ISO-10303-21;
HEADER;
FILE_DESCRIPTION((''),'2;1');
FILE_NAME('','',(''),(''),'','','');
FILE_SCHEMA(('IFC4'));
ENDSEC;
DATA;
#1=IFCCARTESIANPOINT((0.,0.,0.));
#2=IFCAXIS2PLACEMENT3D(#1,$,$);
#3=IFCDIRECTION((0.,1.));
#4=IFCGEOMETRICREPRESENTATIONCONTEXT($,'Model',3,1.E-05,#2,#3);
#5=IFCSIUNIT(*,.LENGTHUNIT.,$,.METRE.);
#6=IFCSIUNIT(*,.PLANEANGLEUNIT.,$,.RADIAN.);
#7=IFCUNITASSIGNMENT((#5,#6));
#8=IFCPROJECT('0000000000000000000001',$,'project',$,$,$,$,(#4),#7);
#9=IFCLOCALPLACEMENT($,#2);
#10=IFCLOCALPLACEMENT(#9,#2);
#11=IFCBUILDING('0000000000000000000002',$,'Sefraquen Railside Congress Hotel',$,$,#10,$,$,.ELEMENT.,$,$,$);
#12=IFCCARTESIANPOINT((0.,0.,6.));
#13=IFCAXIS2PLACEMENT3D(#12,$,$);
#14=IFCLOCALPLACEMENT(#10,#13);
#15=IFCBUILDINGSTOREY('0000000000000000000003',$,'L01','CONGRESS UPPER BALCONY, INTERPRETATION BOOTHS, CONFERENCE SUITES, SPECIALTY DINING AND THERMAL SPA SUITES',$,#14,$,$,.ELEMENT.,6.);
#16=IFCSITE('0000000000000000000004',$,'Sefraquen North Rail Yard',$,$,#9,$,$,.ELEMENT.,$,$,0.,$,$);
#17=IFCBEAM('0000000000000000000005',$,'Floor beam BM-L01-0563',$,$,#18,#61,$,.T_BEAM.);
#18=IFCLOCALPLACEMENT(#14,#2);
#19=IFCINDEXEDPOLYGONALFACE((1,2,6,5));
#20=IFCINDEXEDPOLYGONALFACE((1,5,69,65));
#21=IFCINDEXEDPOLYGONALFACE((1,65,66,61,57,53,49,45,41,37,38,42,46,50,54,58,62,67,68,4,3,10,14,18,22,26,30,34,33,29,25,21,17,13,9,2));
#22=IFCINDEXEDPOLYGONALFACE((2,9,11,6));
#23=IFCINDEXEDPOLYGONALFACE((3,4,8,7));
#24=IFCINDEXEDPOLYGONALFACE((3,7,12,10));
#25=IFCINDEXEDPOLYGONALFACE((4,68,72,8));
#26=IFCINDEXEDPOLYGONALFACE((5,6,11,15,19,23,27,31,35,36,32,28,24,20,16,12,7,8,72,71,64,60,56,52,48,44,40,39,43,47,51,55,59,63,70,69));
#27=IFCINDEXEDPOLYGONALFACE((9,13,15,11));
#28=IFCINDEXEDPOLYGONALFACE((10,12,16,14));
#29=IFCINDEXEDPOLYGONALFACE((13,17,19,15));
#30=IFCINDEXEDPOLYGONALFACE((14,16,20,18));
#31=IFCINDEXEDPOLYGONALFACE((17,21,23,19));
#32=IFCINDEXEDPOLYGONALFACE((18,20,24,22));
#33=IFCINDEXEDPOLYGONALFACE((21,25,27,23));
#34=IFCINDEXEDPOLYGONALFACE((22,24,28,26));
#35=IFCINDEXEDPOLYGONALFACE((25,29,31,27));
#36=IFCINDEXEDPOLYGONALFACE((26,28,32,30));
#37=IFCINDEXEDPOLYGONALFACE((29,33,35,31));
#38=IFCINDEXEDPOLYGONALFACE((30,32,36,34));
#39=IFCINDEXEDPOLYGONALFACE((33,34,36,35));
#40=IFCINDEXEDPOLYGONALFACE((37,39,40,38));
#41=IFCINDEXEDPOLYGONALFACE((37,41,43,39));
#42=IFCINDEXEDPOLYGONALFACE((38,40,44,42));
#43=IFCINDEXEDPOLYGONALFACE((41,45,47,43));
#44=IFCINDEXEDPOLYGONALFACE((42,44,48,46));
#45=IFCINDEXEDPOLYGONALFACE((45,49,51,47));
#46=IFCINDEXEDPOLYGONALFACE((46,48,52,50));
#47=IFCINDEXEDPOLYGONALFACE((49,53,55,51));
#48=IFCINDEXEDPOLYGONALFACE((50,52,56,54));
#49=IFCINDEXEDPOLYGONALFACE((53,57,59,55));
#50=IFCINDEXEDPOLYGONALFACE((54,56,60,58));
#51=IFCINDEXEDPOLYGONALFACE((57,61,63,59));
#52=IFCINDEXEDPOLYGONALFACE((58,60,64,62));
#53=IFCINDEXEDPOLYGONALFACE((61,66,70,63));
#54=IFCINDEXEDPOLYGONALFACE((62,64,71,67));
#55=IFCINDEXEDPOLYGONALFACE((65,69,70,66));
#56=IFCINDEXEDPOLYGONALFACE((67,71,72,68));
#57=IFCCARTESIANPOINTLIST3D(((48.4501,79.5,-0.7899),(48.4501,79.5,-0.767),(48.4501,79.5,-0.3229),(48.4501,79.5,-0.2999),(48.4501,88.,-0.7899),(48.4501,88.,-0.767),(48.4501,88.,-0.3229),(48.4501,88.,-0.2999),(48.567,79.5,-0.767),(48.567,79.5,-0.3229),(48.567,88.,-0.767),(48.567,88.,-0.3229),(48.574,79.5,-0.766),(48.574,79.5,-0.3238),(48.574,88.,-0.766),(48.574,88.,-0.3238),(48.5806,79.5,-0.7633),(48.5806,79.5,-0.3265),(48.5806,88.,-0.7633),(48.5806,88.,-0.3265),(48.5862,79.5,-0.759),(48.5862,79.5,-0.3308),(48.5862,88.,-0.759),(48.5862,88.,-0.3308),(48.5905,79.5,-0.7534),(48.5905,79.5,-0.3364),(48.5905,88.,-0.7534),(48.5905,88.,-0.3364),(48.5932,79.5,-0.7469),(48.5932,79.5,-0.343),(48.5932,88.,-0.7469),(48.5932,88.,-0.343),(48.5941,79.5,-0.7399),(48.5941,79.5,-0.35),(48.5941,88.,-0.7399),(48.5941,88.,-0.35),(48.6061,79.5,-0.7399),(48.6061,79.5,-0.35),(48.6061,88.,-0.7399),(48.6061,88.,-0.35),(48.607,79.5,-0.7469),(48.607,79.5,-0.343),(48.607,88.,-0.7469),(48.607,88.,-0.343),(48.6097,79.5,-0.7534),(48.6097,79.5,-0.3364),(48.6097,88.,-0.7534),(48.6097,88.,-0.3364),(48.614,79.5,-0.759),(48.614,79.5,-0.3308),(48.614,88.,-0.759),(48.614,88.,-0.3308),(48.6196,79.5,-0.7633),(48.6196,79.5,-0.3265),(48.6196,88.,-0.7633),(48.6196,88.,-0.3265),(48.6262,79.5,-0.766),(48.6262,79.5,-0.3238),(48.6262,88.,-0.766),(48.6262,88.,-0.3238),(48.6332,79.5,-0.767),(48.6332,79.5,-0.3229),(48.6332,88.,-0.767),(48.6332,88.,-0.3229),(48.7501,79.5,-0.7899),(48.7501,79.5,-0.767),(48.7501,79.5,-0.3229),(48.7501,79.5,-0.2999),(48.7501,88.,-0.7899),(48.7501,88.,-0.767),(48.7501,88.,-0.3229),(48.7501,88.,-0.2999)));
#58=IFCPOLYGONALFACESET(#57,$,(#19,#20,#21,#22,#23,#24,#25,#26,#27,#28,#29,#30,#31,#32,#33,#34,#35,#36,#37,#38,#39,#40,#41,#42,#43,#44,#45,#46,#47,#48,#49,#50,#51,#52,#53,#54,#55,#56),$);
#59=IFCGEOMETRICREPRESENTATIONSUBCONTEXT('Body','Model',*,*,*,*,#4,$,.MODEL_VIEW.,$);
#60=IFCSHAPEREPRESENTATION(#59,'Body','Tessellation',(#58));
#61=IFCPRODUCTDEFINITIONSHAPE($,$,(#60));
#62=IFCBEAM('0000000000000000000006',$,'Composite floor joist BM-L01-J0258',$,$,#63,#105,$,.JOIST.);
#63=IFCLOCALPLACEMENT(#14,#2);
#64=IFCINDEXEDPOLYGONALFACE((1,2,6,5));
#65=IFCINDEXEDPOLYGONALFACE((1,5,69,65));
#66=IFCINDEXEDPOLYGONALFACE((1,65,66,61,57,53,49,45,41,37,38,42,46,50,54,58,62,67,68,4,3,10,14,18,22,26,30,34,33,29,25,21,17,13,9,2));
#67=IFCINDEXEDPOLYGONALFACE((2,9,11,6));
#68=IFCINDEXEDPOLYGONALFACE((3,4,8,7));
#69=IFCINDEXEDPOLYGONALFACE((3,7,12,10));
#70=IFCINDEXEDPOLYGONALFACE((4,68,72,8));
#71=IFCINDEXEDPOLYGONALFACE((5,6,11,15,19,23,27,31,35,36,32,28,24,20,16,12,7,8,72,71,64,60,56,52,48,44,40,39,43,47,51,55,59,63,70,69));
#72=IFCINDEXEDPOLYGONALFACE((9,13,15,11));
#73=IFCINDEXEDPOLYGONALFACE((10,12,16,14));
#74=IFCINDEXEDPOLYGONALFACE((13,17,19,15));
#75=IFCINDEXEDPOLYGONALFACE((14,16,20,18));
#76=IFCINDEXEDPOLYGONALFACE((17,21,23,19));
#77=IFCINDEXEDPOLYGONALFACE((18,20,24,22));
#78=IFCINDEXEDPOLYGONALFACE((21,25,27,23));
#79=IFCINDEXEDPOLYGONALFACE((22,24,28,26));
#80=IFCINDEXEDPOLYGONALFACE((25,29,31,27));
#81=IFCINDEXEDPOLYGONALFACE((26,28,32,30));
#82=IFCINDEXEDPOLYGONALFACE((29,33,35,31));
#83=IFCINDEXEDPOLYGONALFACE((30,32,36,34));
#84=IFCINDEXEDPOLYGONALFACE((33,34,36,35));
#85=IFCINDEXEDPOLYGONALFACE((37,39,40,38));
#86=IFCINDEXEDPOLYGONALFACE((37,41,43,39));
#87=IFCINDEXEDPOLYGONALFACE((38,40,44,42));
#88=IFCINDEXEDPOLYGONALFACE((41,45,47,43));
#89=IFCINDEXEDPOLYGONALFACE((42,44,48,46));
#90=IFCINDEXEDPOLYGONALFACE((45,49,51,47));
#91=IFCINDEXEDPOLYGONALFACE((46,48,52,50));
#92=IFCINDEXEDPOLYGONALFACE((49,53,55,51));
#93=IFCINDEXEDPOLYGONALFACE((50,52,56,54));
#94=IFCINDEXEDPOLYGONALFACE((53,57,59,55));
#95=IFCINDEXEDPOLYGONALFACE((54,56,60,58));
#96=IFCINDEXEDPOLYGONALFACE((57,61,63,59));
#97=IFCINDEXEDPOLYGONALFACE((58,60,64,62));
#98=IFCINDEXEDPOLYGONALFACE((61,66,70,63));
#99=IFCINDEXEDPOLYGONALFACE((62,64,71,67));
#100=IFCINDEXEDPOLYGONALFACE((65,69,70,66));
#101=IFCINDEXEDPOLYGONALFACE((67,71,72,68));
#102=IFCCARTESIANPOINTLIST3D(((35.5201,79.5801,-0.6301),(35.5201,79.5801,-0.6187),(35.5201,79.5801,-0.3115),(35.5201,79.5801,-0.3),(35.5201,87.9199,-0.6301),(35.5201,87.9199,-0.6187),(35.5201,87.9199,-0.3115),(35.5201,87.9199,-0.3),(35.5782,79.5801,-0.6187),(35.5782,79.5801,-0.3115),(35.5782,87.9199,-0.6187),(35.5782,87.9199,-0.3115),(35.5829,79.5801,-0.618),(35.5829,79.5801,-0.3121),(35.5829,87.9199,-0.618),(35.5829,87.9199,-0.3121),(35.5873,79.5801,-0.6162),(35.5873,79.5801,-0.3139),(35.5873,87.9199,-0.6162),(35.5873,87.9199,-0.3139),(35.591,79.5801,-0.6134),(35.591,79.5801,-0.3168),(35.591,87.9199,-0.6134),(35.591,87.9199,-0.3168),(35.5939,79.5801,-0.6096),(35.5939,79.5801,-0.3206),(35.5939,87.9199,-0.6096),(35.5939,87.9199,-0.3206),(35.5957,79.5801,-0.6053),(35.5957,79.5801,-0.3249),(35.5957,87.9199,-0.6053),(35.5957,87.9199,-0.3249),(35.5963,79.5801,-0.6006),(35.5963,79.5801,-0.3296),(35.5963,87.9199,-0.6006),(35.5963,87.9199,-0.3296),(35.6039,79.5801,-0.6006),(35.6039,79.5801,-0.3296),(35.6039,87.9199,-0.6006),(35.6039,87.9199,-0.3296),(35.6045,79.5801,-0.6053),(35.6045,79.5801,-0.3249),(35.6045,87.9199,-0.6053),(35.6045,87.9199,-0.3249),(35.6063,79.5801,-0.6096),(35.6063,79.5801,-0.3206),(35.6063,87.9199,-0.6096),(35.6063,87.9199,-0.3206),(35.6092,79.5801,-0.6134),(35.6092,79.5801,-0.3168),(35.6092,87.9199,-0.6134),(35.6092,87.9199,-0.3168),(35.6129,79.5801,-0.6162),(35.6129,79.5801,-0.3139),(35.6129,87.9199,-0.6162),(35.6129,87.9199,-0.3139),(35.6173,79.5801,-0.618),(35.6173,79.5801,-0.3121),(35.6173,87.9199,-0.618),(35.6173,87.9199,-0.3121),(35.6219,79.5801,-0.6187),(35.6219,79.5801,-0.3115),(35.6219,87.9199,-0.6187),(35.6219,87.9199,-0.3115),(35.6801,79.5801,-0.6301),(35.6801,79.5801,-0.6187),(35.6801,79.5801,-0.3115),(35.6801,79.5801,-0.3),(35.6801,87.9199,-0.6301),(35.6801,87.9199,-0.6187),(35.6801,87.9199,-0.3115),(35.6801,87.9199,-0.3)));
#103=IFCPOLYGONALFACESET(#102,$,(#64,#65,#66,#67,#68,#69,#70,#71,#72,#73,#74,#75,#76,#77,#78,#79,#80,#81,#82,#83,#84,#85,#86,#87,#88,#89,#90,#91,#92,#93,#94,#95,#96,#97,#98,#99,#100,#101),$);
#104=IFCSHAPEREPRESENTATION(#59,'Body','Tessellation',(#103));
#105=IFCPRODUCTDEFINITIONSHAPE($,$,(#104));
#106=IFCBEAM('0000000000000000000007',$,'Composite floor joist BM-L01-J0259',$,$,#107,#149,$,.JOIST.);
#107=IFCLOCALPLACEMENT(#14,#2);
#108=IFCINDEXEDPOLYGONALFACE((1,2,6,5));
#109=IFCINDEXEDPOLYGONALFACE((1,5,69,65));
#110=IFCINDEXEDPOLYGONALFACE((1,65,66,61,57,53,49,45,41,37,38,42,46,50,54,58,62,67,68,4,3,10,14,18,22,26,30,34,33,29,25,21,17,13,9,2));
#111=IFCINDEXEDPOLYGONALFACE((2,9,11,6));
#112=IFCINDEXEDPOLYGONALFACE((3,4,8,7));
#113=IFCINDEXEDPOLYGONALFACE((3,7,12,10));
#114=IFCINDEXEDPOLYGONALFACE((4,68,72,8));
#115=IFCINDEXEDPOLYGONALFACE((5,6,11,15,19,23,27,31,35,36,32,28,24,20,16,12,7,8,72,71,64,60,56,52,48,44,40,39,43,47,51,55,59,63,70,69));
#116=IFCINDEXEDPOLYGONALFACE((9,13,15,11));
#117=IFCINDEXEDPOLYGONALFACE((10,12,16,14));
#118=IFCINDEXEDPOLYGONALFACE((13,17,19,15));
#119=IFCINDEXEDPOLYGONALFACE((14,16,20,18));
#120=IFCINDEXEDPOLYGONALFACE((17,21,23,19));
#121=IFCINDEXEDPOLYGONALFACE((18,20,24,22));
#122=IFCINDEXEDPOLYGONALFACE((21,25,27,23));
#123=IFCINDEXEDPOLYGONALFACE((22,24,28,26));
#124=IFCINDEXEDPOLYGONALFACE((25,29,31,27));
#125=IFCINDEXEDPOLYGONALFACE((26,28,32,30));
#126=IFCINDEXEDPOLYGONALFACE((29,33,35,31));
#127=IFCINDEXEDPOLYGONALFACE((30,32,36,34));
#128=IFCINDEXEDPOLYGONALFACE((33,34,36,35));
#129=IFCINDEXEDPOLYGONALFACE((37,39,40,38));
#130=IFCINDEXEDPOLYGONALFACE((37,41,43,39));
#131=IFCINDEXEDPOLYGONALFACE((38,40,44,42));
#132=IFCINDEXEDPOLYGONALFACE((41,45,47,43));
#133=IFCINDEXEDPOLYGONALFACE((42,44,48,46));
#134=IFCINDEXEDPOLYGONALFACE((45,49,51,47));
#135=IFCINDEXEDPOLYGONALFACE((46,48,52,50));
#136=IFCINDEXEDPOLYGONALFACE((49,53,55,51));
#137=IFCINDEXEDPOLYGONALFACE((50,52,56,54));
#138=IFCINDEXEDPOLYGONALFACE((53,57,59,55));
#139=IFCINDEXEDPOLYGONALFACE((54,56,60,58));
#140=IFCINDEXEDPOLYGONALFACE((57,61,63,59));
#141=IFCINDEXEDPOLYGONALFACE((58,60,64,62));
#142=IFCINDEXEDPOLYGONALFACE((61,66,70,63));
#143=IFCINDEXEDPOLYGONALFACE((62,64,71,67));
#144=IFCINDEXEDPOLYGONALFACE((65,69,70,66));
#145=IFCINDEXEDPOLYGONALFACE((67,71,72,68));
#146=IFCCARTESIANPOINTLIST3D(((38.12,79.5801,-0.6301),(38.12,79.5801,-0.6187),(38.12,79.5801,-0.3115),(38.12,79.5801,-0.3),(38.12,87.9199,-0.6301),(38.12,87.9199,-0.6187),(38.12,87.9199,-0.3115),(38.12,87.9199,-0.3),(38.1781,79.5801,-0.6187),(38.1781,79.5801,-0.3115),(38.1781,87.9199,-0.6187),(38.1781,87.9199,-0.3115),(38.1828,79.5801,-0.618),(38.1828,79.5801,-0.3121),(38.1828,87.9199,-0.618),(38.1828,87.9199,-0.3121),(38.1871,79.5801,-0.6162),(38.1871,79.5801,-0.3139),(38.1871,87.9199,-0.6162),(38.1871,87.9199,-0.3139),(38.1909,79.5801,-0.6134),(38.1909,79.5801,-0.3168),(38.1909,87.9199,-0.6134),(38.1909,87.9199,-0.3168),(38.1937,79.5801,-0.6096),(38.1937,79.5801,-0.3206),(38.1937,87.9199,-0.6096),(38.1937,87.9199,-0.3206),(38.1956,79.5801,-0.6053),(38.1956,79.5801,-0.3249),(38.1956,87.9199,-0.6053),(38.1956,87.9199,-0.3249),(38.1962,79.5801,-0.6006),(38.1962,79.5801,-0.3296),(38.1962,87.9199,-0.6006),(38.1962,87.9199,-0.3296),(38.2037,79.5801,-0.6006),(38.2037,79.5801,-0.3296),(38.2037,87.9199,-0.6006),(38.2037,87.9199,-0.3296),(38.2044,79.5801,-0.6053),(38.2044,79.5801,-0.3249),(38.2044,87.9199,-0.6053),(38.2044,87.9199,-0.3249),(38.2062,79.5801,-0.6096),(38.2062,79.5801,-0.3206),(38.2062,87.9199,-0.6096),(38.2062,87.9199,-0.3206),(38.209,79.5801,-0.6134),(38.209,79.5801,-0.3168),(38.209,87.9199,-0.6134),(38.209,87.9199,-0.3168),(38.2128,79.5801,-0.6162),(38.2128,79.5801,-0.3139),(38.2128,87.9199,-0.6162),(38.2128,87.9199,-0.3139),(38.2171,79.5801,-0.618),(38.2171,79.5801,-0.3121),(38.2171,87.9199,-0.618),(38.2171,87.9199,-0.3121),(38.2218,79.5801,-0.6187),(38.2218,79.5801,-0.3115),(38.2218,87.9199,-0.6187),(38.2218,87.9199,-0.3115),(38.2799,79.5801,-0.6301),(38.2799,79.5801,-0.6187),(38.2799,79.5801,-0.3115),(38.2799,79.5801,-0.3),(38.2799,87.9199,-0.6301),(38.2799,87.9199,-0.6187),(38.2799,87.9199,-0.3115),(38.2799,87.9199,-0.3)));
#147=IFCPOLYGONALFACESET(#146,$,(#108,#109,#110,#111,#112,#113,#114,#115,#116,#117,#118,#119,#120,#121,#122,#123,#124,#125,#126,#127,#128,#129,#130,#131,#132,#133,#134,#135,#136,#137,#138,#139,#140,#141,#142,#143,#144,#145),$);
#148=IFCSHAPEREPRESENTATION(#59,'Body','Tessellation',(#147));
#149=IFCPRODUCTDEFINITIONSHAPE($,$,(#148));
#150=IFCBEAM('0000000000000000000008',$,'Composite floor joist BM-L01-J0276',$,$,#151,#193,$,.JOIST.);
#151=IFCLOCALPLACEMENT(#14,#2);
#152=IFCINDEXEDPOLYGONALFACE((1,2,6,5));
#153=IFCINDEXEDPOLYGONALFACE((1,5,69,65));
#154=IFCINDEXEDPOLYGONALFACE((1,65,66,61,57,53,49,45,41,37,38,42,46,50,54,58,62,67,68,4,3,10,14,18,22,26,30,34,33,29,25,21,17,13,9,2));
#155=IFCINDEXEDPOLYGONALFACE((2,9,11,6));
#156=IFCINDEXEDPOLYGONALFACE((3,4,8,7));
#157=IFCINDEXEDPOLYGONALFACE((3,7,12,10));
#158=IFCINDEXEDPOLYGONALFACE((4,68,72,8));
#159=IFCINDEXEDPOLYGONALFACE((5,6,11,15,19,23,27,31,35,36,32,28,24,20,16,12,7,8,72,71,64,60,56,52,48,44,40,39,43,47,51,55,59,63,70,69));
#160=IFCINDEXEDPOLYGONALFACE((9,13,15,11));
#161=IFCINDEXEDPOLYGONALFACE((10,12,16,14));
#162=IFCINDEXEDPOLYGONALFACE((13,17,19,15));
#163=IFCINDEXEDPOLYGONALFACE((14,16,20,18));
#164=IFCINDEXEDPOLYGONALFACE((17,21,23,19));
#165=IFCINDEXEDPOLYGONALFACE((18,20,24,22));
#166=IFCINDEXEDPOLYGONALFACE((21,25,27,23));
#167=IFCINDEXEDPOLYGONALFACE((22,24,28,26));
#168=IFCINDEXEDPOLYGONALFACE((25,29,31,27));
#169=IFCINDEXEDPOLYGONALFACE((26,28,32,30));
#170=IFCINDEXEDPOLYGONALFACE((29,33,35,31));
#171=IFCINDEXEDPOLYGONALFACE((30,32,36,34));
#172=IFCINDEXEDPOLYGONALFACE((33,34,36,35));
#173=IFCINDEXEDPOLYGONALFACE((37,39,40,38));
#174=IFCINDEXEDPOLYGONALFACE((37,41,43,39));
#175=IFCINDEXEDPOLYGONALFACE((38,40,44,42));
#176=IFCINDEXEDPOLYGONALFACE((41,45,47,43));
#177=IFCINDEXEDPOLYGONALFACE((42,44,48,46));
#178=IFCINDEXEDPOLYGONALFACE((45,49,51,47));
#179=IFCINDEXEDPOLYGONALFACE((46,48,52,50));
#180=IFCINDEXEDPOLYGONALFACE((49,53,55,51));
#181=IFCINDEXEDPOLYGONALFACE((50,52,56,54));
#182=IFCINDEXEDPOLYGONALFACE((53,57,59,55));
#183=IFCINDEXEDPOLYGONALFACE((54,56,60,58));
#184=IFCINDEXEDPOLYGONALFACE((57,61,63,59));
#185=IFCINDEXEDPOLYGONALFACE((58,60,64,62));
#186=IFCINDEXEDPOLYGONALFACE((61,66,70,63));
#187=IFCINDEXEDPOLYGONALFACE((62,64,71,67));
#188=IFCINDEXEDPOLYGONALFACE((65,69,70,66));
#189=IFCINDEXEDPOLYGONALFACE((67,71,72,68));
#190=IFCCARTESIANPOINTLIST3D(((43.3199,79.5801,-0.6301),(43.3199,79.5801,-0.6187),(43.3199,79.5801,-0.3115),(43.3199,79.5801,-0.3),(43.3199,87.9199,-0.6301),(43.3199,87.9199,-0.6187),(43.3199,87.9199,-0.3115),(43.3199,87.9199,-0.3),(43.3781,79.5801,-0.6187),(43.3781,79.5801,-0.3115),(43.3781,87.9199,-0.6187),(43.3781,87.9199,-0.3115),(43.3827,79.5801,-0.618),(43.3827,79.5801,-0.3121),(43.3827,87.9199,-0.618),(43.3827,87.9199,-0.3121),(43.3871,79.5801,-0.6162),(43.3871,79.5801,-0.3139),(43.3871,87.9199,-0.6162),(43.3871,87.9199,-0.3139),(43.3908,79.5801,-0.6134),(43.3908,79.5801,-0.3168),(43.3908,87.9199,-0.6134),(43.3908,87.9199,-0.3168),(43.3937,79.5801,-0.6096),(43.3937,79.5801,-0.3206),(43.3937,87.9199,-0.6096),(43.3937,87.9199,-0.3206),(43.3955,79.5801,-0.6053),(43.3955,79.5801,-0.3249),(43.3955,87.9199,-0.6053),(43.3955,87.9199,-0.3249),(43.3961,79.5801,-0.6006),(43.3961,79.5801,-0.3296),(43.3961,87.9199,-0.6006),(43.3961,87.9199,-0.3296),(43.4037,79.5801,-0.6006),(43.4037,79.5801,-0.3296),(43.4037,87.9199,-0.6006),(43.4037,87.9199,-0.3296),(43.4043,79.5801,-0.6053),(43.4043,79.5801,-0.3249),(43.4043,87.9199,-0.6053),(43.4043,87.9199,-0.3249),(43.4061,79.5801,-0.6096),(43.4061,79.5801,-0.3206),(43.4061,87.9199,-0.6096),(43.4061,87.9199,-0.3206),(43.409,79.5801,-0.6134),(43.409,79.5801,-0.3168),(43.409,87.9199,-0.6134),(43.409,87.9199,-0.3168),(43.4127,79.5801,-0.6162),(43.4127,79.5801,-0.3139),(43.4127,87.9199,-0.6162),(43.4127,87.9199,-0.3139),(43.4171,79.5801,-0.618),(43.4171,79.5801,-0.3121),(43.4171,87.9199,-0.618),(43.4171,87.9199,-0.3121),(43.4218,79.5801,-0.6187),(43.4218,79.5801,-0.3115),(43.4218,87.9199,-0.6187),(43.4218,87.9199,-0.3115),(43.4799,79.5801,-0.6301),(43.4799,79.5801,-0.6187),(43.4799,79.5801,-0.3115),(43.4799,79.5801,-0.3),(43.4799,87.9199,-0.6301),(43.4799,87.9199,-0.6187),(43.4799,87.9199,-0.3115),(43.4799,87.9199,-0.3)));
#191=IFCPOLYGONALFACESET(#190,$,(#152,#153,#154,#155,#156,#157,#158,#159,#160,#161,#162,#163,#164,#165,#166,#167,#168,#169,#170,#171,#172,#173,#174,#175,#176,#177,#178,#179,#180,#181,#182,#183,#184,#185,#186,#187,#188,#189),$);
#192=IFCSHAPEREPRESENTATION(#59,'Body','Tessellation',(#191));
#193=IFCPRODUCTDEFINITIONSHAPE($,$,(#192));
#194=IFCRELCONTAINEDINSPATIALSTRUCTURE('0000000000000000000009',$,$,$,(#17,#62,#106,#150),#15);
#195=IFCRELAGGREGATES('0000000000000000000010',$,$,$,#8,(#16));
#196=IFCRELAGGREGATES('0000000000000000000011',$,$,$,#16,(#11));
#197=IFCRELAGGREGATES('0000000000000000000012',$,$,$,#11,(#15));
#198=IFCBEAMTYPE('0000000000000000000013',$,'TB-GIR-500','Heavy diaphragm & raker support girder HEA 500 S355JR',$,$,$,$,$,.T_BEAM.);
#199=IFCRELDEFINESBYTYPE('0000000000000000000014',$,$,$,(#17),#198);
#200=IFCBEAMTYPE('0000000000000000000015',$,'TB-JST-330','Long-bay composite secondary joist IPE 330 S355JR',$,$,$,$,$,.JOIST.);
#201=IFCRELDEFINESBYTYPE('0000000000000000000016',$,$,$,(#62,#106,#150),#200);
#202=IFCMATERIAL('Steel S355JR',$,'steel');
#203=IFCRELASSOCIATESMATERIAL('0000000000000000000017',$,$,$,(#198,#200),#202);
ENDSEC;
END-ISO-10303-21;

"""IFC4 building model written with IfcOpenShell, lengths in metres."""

from ifc_helpers import new_model, si_unit, direction, frame, origin, origin_2d, place, context, subcontext, project, spatial, i_section, extrude, material, material_profile, profile_set, type_object, element, save


model = new_model("IFC4")

# Units and contexts
model_context = context("Model", 3, precision=1e-05, world=origin(), true_north=direction((0.0, 1.0)))
body_context = subcontext(model_context, "Body", "Model", "MODEL_VIEW")
ifc_project = project(units=[si_unit("LENGTHUNIT", "METRE"), si_unit("PLANEANGLEUNIT", "RADIAN")], contexts=[model_context])

# Site, building, storey
site_placement = place(None, origin())
site = spatial("IfcSite", under=ifc_project, at=site_placement, Name="Sefraquen North Rail Yard", CompositionType="ELEMENT", RefElevation=0.0)
building_placement = place(site_placement, origin())
building = spatial("IfcBuilding", under=site, at=building_placement, Name="Sefraquen Railside Congress Hotel", CompositionType="ELEMENT")
storey_placement = place(building_placement, frame((0.0, 0.0, 6.0)))
storey = spatial("IfcBuildingStorey", under=building, at=storey_placement, Name="L01", Description="CONGRESS UPPER BALCONY, INTERPRETATION BOOTHS, CONFERENCE SUITES, SPECIALTY DINING AND THERMAL SPA SUITES", CompositionType="ELEMENT", Elevation=6.0)

# Shared definitions
ifc_material_1 = material(Name="Steel S355JR", Category="steel")

# Beams
ifc_material_profile_1 = material_profile(ifc_material_1, i_section(OverallWidth=0.3, OverallDepth=0.49, WebThickness=0.012, FlangeThickness=0.0229, FilletRadius=0.0271, at=origin_2d()), Name="HEA 500")
ifc_profile_set_1 = profile_set([ifc_material_profile_1], Name="Steel S355JR")
beam_type_1 = type_object("IfcBeamType", Name="TB-GIR-500", Description="Heavy diaphragm & raker support girder HEA 500 S355JR", PredefinedType="T_BEAM", material=ifc_profile_set_1)
for number, where, z_axis, x_axis, name in (
    (1, (48.6001, 79.5, -0.5449), (0.0, 1.0, 0.0), (-1.0, 0.0, 0.0), "Floor beam BM-L01-0563"),
):
    element("IfcBeam", number, at=place(storey_placement, frame(where, z_axis=z_axis, x_axis=x_axis)), inside=storey, type_object=beam_type_1, Name=name, PredefinedType="T_BEAM", context=body_context, shape_type="SweptSolid", body=[
        extrude(i_section(OverallWidth=0.3, OverallDepth=0.49, WebThickness=0.012, FlangeThickness=0.0229, FilletRadius=0.0271, at=origin_2d()), origin(), (0.0, 0.0, 1.0), 8.5),
    ])
ifc_material_profile_2 = material_profile(ifc_material_1, i_section(OverallWidth=0.1599, OverallDepth=0.3301, WebThickness=0.0076, FlangeThickness=0.0115, FilletRadius=0.0181, at=origin_2d()), Name="IPE 330")
ifc_profile_set_2 = profile_set([ifc_material_profile_2], Name="Steel S355JR")
beam_type_2 = type_object("IfcBeamType", Name="TB-JST-330", Description="Long-bay composite secondary joist IPE 330 S355JR", PredefinedType="JOIST", material=ifc_profile_set_2)
for number, where, z_axis, x_axis, name in (
    (2, (35.6001, 79.5801, -0.4651), (0.0, 1.0, 0.0), (-1.0, 0.0, 0.0), "Composite floor joist BM-L01-J0258"),
    (3, (38.2, 79.5801, -0.4651), (0.0, 1.0, 0.0), (-1.0, 0.0, 0.0), "Composite floor joist BM-L01-J0259"),
    (4, (43.3999, 79.5801, -0.4651), (0.0, 1.0, 0.0), (-1.0, 0.0, 0.0), "Composite floor joist BM-L01-J0276"),
):
    element("IfcBeam", number, at=place(storey_placement, frame(where, z_axis=z_axis, x_axis=x_axis)), inside=storey, type_object=beam_type_2, Name=name, PredefinedType="JOIST", context=body_context, shape_type="SweptSolid", body=[
        extrude(i_section(OverallWidth=0.1599, OverallDepth=0.3301, WebThickness=0.0076, FlangeThickness=0.0115, FilletRadius=0.0181, at=origin_2d()), origin(), (0.0, 0.0, 1.0), 8.3398),
    ])

save(model, "model.ifc")
